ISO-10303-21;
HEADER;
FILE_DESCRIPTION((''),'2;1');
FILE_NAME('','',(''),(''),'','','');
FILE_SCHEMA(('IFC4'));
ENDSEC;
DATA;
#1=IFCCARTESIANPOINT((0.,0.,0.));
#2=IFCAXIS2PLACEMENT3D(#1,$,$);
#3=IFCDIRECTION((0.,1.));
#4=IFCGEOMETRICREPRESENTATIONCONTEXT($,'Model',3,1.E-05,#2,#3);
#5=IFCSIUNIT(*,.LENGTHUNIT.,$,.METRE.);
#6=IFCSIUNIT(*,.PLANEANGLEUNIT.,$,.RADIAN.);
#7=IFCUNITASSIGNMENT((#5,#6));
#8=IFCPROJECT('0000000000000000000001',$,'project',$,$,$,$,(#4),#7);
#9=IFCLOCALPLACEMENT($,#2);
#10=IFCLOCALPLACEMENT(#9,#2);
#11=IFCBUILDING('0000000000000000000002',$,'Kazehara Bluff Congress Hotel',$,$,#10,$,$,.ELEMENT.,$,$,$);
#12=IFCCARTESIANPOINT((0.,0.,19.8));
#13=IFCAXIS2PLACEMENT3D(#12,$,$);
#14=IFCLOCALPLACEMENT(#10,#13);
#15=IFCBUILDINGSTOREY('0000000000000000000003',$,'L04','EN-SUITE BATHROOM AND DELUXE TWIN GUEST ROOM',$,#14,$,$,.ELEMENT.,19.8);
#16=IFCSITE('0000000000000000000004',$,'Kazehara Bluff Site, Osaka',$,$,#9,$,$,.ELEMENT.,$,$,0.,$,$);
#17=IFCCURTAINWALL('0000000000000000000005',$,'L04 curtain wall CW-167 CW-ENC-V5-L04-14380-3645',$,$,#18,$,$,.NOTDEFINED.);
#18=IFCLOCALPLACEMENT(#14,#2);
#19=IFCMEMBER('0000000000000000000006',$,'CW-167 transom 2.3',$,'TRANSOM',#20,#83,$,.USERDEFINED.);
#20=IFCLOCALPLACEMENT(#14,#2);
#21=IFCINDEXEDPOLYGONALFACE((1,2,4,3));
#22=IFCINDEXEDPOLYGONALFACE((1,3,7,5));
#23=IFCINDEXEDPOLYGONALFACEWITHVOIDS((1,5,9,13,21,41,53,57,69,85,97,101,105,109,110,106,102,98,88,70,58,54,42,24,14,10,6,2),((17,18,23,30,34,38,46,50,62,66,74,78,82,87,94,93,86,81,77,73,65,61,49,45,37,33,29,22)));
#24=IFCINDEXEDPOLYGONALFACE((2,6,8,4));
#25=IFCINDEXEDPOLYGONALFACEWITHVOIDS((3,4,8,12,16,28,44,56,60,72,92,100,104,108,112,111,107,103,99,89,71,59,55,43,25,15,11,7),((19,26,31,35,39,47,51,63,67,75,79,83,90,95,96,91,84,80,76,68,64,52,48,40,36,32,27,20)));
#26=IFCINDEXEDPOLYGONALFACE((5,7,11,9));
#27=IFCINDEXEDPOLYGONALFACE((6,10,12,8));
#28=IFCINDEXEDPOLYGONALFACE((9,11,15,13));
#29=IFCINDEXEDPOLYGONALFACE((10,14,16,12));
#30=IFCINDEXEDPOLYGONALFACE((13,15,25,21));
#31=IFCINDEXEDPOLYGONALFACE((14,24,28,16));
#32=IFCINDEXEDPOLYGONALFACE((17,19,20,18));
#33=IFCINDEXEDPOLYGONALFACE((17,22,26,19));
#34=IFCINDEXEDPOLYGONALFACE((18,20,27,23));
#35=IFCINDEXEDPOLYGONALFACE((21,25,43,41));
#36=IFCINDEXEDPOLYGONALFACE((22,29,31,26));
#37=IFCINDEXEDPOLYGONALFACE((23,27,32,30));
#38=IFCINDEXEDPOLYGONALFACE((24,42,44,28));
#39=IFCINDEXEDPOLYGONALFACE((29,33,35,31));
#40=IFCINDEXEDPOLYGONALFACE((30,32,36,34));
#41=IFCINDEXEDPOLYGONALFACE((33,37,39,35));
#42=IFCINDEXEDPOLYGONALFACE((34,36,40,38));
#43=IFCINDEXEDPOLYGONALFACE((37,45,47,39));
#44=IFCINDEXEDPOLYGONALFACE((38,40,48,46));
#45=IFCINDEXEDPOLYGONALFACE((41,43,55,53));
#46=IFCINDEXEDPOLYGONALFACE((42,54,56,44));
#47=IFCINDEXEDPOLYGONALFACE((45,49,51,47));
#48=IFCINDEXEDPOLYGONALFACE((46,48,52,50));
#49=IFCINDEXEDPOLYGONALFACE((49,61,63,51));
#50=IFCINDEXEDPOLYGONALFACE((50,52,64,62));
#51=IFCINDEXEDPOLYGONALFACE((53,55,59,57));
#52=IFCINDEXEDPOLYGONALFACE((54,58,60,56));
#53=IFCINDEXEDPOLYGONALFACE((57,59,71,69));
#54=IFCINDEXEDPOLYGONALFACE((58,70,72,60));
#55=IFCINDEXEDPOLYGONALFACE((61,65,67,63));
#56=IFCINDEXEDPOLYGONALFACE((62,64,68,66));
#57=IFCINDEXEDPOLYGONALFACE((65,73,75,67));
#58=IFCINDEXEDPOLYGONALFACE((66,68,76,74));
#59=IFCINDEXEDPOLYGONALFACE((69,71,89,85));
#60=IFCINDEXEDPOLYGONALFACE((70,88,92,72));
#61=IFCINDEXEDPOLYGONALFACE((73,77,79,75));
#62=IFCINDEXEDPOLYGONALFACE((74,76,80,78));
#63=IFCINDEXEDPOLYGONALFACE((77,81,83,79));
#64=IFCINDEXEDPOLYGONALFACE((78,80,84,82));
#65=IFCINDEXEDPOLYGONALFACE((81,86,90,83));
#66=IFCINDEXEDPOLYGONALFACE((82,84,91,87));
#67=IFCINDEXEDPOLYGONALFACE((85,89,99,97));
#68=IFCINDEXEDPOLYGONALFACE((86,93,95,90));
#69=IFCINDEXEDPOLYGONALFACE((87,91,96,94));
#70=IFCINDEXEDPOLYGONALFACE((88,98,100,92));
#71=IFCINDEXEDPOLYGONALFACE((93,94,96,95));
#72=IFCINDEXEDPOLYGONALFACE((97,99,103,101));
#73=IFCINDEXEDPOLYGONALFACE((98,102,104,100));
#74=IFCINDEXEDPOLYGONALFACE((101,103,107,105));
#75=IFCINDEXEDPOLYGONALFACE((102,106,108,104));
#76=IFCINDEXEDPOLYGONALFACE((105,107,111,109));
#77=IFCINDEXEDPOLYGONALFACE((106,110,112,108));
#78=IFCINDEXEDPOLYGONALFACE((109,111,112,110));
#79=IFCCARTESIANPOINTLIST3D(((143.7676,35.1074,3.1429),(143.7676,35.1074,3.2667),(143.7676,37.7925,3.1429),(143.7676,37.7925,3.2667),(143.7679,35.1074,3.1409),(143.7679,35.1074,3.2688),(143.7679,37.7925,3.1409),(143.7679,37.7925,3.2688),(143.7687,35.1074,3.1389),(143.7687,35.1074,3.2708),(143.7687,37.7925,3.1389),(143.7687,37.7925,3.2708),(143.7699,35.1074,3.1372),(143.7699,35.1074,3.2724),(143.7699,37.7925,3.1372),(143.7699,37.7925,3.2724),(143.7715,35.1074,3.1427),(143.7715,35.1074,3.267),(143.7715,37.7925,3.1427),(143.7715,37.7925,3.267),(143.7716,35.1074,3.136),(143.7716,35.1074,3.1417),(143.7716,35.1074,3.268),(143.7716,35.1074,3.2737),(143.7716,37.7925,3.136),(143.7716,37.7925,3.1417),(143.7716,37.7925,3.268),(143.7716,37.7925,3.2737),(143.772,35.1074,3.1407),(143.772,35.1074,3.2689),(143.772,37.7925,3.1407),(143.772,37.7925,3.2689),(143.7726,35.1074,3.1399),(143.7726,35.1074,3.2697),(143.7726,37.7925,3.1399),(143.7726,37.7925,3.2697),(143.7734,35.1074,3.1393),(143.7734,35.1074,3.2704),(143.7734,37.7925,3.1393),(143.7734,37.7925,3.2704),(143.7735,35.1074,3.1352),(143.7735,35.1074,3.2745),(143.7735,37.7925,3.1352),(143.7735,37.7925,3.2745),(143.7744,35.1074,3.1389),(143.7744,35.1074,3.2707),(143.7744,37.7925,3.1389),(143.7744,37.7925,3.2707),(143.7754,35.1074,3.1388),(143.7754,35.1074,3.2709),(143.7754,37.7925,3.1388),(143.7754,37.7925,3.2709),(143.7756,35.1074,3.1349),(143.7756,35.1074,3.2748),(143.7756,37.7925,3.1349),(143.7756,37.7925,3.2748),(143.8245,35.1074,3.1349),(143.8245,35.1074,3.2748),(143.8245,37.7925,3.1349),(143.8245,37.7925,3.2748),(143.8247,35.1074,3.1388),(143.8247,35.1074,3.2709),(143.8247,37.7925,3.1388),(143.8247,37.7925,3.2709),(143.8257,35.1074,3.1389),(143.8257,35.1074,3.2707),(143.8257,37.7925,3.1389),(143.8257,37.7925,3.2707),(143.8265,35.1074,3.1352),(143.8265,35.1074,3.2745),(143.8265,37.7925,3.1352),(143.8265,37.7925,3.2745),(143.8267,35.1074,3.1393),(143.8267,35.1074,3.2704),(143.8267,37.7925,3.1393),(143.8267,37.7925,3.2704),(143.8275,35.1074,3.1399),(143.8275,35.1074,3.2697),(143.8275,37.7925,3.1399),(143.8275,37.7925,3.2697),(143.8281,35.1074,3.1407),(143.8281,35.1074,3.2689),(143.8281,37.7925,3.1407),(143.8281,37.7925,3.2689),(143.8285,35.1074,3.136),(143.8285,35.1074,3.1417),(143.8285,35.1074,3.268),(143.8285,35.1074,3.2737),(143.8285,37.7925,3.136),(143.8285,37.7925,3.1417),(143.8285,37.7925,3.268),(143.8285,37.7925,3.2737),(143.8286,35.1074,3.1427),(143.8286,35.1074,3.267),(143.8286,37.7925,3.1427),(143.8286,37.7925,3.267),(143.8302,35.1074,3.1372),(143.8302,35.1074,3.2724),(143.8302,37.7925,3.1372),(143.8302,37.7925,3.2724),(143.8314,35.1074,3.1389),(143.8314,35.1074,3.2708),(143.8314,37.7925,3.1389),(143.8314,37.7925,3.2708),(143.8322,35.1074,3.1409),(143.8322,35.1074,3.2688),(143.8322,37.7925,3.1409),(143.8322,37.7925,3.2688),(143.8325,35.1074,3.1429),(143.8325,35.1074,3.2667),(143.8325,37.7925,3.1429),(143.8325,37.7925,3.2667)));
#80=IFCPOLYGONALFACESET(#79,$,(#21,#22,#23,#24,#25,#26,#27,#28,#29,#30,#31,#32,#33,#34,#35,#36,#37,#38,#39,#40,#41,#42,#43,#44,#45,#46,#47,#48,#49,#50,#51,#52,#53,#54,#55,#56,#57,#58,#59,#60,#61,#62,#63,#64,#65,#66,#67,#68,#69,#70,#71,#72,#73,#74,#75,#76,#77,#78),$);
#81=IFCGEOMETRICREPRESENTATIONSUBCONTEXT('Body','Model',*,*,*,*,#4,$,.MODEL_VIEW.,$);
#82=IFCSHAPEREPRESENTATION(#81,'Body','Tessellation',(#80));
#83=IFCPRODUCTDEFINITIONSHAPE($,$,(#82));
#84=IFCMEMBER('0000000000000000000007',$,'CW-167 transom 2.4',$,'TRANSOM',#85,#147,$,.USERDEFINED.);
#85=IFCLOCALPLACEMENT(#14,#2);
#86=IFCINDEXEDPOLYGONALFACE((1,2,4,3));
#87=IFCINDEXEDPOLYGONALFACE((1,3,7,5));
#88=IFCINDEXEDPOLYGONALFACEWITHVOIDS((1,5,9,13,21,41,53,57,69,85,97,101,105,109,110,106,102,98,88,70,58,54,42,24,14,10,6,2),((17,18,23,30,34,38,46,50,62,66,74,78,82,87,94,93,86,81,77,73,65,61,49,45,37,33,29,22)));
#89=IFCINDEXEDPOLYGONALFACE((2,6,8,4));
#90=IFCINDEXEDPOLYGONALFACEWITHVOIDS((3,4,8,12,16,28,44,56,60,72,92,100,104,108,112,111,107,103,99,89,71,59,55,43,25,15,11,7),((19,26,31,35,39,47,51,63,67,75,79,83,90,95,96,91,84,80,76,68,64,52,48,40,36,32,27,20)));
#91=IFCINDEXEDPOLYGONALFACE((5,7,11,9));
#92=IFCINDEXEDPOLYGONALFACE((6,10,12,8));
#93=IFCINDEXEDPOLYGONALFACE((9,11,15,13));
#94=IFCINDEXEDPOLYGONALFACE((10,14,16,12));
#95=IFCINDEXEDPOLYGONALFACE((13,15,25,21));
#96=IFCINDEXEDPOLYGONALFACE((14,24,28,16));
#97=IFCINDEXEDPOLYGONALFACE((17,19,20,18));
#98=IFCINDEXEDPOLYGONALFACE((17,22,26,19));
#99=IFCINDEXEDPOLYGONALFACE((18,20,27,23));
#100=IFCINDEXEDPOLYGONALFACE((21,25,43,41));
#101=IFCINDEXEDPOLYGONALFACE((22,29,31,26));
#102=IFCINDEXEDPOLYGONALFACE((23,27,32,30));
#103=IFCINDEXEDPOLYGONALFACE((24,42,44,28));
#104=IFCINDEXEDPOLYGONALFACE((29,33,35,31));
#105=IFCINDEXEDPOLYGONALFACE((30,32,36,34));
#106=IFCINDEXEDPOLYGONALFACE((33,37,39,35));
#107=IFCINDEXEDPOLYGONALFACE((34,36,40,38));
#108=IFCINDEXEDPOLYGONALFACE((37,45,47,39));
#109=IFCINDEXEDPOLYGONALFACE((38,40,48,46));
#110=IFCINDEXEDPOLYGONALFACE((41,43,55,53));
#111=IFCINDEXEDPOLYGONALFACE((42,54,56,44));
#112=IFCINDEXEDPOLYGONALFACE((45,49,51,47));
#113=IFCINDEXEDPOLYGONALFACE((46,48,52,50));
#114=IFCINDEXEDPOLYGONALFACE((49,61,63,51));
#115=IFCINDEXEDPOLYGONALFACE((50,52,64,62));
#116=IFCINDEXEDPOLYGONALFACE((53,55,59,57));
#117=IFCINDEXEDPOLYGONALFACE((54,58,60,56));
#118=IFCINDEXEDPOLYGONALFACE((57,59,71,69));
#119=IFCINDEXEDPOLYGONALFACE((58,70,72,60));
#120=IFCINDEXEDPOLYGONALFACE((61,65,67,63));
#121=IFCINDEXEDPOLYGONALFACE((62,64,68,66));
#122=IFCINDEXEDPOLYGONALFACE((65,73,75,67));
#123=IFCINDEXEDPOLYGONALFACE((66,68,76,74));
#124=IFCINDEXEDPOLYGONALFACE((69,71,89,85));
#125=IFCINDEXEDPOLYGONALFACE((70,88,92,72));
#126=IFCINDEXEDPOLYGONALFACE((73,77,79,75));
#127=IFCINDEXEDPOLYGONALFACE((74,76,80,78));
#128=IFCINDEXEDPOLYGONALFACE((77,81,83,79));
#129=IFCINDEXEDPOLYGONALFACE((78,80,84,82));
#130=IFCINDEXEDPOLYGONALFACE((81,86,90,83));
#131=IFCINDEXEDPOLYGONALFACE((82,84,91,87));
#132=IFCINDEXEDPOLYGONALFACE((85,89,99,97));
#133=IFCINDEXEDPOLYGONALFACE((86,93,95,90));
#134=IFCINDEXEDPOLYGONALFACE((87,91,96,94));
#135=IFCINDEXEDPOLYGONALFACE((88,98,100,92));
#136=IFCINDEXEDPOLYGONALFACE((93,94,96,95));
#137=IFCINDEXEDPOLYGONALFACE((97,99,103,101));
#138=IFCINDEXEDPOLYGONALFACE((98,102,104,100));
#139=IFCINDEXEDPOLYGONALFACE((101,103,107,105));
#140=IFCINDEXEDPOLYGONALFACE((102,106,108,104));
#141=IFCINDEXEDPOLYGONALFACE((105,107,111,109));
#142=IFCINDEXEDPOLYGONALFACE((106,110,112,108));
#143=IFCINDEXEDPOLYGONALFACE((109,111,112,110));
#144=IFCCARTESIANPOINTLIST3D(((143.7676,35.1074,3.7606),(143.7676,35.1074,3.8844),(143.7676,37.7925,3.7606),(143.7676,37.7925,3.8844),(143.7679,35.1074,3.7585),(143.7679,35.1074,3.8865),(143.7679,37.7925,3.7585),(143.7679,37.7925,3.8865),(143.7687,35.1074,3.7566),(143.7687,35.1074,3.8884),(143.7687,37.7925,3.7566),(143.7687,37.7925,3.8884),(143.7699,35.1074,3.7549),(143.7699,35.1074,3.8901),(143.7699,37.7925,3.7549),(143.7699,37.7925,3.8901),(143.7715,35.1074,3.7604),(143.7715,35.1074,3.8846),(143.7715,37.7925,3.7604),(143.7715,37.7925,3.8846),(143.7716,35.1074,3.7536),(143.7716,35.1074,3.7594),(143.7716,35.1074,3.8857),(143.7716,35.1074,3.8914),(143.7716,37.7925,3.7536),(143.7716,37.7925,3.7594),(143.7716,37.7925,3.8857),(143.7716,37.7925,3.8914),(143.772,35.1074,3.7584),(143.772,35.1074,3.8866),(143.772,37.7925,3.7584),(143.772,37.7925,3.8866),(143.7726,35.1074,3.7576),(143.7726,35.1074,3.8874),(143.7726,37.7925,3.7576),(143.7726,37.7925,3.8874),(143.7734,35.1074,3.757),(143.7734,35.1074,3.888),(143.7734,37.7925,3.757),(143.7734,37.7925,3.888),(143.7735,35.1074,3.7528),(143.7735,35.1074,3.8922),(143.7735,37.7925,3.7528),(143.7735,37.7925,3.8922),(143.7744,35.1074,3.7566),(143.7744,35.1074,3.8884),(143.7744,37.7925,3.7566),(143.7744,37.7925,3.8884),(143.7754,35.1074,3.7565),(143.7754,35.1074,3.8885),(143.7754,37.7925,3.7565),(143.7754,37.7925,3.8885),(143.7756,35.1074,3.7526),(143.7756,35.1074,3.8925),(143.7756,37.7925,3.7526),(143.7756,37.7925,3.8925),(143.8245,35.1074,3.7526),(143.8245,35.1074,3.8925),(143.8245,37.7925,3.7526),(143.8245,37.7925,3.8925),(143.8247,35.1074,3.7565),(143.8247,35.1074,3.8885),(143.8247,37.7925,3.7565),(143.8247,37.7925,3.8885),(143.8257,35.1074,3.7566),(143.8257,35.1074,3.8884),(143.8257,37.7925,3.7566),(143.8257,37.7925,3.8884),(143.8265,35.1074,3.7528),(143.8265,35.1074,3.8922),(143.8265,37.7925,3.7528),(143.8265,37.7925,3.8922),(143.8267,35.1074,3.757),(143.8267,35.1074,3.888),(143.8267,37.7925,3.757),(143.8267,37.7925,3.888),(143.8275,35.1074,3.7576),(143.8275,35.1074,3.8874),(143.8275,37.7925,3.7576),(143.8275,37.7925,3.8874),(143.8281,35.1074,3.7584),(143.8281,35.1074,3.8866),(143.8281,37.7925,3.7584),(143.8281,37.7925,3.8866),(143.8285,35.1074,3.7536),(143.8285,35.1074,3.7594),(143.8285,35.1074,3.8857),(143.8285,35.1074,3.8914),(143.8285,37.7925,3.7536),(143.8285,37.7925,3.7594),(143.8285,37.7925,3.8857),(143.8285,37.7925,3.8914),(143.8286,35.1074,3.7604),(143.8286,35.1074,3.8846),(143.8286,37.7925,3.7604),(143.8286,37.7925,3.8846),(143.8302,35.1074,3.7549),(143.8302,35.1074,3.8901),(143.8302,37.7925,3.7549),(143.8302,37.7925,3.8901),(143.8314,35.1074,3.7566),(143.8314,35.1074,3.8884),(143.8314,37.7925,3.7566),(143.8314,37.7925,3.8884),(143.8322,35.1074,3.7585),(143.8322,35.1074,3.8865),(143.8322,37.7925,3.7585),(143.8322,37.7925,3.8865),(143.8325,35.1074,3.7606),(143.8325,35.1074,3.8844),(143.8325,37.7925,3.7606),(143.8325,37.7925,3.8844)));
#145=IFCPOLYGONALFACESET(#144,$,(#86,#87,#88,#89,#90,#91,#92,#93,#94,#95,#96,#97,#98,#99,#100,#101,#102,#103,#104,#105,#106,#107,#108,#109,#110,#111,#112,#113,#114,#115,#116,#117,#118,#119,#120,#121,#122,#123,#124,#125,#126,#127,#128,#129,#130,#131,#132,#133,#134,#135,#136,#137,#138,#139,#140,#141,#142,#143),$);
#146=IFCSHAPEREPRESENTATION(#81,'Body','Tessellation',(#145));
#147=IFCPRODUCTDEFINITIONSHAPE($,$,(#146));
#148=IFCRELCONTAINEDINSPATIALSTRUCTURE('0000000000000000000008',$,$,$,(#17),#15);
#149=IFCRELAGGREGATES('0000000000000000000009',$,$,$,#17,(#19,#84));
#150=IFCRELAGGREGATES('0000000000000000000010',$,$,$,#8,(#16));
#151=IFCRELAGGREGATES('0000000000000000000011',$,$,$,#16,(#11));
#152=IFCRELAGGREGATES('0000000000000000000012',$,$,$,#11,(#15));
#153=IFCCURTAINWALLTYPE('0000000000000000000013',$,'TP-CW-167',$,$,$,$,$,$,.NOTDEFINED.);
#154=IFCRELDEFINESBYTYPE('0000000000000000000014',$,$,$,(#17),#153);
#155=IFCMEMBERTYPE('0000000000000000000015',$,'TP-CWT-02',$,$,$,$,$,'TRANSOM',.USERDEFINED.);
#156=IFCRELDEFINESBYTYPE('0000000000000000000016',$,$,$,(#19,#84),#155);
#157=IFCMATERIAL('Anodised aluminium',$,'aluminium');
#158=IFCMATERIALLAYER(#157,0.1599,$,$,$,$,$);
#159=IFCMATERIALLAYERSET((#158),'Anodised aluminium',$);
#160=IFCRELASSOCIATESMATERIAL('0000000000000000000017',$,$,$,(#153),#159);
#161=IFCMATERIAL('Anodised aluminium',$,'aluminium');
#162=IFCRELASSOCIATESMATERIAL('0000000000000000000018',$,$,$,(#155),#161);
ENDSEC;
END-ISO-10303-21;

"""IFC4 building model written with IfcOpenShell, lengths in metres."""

from ifc_helpers import new_model, si_unit, direction, frame, origin, origin_2d, place, context, subcontext, project, spatial, hollow_rectangle, extrude, material, layer, layer_set, material_profile, profile_set, type_object, element, aggregate, save


model = new_model("IFC4")

# Units and contexts
model_context = context("Model", 3, precision=1e-05, world=origin(), true_north=direction((0.0, 1.0)))
body_context = subcontext(model_context, "Body", "Model", "MODEL_VIEW")
ifc_project = project(units=[si_unit("LENGTHUNIT", "METRE"), si_unit("PLANEANGLEUNIT", "RADIAN")], contexts=[model_context])

# Site, building, storey
site_placement = place(None, origin())
site = spatial("IfcSite", under=ifc_project, at=site_placement, Name="Kazehara Bluff Site, Osaka", CompositionType="ELEMENT", RefElevation=0.0)
building_placement = place(site_placement, origin())
building = spatial("IfcBuilding", under=site, at=building_placement, Name="Kazehara Bluff Congress Hotel", CompositionType="ELEMENT")
storey_placement = place(building_placement, frame((0.0, 0.0, 19.8)))
storey = spatial("IfcBuildingStorey", under=building, at=storey_placement, Name="L04", Description="EN-SUITE BATHROOM AND DELUXE TWIN GUEST ROOM", CompositionType="ELEMENT", Elevation=19.8)

# Curtain wall
ifc_material_1 = material(Name="Anodised aluminium", Category="aluminium")
ifc_layer_1 = layer(ifc_material_1, 0.1599)
ifc_layer_set_1 = layer_set([ifc_layer_1], Name="Anodised aluminium")
curtain_wall_type_1 = type_object("IfcCurtainWallType", Name="TP-CW-167", PredefinedType="NOTDEFINED", material=ifc_layer_set_1)
curtain_wall_1_placement = place(storey_placement, origin())
curtain_wall_1 = element("IfcCurtainWall", 1, at=curtain_wall_1_placement, inside=storey, type_object=curtain_wall_type_1, Name="L04 curtain wall CW-167 CW-ENC-V5-L04-14380-3645", PredefinedType="NOTDEFINED")

# Members
ifc_material_2 = material(Name="Anodised aluminium", Category="aluminium")
ifc_material_profile_1 = material_profile(ifc_material_2, hollow_rectangle(XDim=0.0649, YDim=0.1399, WallThickness=0.0039, InnerFilletRadius=0.0039, OuterFilletRadius=0.0081, at=origin_2d()))
ifc_profile_set_1 = profile_set([ifc_material_profile_1], Name="Anodised aluminium")
member_type_1 = type_object("IfcMemberType", Name="TP-CWT-02", ElementType="TRANSOM", PredefinedType="USERDEFINED", material=ifc_profile_set_1)
member_1_placement = place(storey_placement, frame((143.8, 35.1074, 3.2048), z_axis=(0.0, 1.0, 0.0), x_axis=(-1.0, 0.0, 0.0)))
member_1 = element("IfcMember", 2, at=member_1_placement, type_object=member_type_1, Name="CW-167 transom 2.3", ObjectType="TRANSOM", PredefinedType="USERDEFINED", context=body_context, shape_type="SweptSolid", body=[
    extrude(hollow_rectangle(XDim=0.0649, YDim=0.1399, WallThickness=0.0039, InnerFilletRadius=0.0039, OuterFilletRadius=0.0081, at=origin_2d()), origin(), (0.0, 0.0, 1.0), 2.6851),
])
member_2_placement = place(storey_placement, frame((143.8, 35.1074, 3.8225), z_axis=(0.0, 1.0, 0.0), x_axis=(-1.0, 0.0, 0.0)))
member_2 = element("IfcMember", 3, at=member_2_placement, type_object=member_type_1, Name="CW-167 transom 2.4", ObjectType="TRANSOM", PredefinedType="USERDEFINED", context=body_context, shape_type="SweptSolid", body=[
    extrude(hollow_rectangle(XDim=0.0649, YDim=0.1399, WallThickness=0.0039, InnerFilletRadius=0.0039, OuterFilletRadius=0.0081, at=origin_2d()), origin(), (0.0, 0.0, 1.0), 2.6851),
])

aggregate(curtain_wall_1, [member_1, member_2])

save(model, "model.ifc")
